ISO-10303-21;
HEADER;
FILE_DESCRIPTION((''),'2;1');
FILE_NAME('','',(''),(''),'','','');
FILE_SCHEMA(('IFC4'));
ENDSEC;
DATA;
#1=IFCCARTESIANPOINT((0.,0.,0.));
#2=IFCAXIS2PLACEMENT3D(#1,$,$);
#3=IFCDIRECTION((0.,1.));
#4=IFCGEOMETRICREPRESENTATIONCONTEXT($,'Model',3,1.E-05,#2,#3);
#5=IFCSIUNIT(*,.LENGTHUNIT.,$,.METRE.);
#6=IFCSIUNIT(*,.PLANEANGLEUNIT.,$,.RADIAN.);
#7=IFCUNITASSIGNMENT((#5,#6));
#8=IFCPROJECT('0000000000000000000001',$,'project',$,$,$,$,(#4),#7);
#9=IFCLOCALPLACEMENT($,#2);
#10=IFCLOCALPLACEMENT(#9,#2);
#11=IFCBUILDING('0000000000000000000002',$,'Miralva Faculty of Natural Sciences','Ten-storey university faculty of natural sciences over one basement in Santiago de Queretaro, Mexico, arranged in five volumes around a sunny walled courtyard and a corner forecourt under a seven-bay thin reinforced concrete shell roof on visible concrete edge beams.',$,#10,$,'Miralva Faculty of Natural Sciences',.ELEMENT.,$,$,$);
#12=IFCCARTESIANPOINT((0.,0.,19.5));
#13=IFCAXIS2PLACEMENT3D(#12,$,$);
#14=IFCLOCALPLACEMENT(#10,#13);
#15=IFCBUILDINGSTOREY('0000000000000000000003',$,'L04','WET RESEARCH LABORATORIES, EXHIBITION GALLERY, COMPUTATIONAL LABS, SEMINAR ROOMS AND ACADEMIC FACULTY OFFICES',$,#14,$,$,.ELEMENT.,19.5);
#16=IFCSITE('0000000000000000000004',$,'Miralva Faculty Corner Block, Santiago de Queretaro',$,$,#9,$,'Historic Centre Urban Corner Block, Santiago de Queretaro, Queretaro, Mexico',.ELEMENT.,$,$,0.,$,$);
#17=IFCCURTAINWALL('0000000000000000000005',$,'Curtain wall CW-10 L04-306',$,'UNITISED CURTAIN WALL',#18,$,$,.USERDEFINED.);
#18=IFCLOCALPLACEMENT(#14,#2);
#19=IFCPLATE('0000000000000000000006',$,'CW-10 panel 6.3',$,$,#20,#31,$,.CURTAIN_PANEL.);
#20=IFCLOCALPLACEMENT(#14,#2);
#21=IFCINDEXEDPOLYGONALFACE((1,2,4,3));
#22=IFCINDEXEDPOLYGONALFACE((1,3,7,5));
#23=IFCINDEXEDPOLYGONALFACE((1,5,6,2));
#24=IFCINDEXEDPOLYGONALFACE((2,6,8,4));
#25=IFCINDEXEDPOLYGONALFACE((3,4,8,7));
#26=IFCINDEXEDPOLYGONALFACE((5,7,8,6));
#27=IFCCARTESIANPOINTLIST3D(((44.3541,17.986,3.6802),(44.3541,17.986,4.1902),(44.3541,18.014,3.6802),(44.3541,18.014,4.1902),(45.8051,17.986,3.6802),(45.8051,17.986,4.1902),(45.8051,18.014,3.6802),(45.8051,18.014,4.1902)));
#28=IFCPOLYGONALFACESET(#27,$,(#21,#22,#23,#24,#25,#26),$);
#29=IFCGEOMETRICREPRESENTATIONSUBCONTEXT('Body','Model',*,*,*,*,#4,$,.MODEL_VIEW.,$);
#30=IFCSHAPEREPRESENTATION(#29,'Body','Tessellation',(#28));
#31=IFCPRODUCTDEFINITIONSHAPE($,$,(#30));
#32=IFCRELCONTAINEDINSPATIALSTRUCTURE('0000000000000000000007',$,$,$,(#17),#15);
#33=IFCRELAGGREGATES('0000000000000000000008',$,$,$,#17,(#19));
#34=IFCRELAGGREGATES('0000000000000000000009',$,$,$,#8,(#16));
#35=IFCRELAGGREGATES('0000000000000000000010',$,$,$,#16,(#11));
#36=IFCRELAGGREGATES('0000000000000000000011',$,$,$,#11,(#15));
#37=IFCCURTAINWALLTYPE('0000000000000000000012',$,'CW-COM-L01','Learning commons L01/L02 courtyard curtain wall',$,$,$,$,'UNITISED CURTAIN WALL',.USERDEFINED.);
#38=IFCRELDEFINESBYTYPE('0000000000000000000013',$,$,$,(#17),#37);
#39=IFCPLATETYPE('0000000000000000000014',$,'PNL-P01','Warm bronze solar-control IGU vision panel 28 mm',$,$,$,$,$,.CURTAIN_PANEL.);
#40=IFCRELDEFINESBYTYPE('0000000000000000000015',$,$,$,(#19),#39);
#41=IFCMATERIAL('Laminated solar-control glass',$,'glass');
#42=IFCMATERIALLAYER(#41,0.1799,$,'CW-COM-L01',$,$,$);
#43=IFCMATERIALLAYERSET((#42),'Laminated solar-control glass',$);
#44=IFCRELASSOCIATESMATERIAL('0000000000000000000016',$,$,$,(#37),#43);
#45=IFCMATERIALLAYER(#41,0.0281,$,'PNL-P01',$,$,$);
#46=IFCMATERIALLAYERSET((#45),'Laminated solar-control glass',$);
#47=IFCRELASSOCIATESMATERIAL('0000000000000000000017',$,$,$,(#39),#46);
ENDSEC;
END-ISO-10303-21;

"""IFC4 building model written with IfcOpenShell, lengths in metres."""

from ifc_helpers import new_model, si_unit, direction, frame, origin, origin_2d, place, context, subcontext, project, spatial, rectangle, extrude, material, layer, layer_set, type_object, element, aggregate, save


model = new_model("IFC4")

# Units and contexts
model_context = context("Model", 3, precision=1e-05, world=origin(), true_north=direction((0.0, 1.0)))
body_context = subcontext(model_context, "Body", "Model", "MODEL_VIEW")
ifc_project = project(units=[si_unit("LENGTHUNIT", "METRE"), si_unit("PLANEANGLEUNIT", "RADIAN")], contexts=[model_context])

# Site, building, storey
site_placement = place(None, origin())
site = spatial("IfcSite", under=ifc_project, at=site_placement, Name="Miralva Faculty Corner Block, Santiago de Queretaro", LongName="Historic Centre Urban Corner Block, Santiago de Queretaro, Queretaro, Mexico", CompositionType="ELEMENT", RefElevation=0.0)
building_placement = place(site_placement, origin())
building = spatial("IfcBuilding", under=site, at=building_placement, Name="Miralva Faculty of Natural Sciences", Description="Ten-storey university faculty of natural sciences over one basement in Santiago de Queretaro, Mexico, arranged in five volumes around a sunny walled courtyard and a corner forecourt under a seven-bay thin reinforced concrete shell roof on visible concrete edge beams.", LongName="Miralva Faculty of Natural Sciences", CompositionType="ELEMENT")
storey_placement = place(building_placement, frame((0.0, 0.0, 19.5)))
storey = spatial("IfcBuildingStorey", under=building, at=storey_placement, Name="L04", Description="WET RESEARCH LABORATORIES, EXHIBITION GALLERY, COMPUTATIONAL LABS, SEMINAR ROOMS AND ACADEMIC FACULTY OFFICES", CompositionType="ELEMENT", Elevation=19.5)

# Curtain wall
ifc_material_1 = material(Name="Laminated solar-control glass", Category="glass")
ifc_layer_1 = layer(ifc_material_1, 0.1799, Name="CW-COM-L01")
ifc_layer_set_1 = layer_set([ifc_layer_1], Name="Laminated solar-control glass")
curtain_wall_type = type_object("IfcCurtainWallType", Name="CW-COM-L01", Description="Learning commons L01/L02 courtyard curtain wall", ElementType="UNITISED CURTAIN WALL", PredefinedType="USERDEFINED", material=ifc_layer_set_1)
curtain_wall_1_placement = place(storey_placement, origin())
curtain_wall_1 = element("IfcCurtainWall", 1, at=curtain_wall_1_placement, inside=storey, type_object=curtain_wall_type, Name="Curtain wall CW-10 L04-306", ObjectType="UNITISED CURTAIN WALL", PredefinedType="USERDEFINED")

# Plate
ifc_layer_2 = layer(ifc_material_1, 0.0281, Name="PNL-P01")
ifc_layer_set_2 = layer_set([ifc_layer_2], Name="Laminated solar-control glass")
plate_type = type_object("IfcPlateType", Name="PNL-P01", Description="Warm bronze solar-control IGU vision panel 28 mm", PredefinedType="CURTAIN_PANEL", material=ifc_layer_set_2)
plate_1_placement = place(storey_placement, frame((45.0796, 18.0, 3.6802), z_axis=(0.0, 0.0, 1.0), x_axis=(1.0, 0.0, 0.0)))
plate_1 = element("IfcPlate", 2, at=plate_1_placement, type_object=plate_type, Name="CW-10 panel 6.3", PredefinedType="CURTAIN_PANEL", context=body_context, shape_type="SweptSolid", body=[
    extrude(rectangle(XDim=1.4509, YDim=0.0281, at=origin_2d()), origin(), (0.0, 0.0, 1.0), 0.51),
])
aggregate(curtain_wall_1, [plate_1])

save(model, "model.ifc")
